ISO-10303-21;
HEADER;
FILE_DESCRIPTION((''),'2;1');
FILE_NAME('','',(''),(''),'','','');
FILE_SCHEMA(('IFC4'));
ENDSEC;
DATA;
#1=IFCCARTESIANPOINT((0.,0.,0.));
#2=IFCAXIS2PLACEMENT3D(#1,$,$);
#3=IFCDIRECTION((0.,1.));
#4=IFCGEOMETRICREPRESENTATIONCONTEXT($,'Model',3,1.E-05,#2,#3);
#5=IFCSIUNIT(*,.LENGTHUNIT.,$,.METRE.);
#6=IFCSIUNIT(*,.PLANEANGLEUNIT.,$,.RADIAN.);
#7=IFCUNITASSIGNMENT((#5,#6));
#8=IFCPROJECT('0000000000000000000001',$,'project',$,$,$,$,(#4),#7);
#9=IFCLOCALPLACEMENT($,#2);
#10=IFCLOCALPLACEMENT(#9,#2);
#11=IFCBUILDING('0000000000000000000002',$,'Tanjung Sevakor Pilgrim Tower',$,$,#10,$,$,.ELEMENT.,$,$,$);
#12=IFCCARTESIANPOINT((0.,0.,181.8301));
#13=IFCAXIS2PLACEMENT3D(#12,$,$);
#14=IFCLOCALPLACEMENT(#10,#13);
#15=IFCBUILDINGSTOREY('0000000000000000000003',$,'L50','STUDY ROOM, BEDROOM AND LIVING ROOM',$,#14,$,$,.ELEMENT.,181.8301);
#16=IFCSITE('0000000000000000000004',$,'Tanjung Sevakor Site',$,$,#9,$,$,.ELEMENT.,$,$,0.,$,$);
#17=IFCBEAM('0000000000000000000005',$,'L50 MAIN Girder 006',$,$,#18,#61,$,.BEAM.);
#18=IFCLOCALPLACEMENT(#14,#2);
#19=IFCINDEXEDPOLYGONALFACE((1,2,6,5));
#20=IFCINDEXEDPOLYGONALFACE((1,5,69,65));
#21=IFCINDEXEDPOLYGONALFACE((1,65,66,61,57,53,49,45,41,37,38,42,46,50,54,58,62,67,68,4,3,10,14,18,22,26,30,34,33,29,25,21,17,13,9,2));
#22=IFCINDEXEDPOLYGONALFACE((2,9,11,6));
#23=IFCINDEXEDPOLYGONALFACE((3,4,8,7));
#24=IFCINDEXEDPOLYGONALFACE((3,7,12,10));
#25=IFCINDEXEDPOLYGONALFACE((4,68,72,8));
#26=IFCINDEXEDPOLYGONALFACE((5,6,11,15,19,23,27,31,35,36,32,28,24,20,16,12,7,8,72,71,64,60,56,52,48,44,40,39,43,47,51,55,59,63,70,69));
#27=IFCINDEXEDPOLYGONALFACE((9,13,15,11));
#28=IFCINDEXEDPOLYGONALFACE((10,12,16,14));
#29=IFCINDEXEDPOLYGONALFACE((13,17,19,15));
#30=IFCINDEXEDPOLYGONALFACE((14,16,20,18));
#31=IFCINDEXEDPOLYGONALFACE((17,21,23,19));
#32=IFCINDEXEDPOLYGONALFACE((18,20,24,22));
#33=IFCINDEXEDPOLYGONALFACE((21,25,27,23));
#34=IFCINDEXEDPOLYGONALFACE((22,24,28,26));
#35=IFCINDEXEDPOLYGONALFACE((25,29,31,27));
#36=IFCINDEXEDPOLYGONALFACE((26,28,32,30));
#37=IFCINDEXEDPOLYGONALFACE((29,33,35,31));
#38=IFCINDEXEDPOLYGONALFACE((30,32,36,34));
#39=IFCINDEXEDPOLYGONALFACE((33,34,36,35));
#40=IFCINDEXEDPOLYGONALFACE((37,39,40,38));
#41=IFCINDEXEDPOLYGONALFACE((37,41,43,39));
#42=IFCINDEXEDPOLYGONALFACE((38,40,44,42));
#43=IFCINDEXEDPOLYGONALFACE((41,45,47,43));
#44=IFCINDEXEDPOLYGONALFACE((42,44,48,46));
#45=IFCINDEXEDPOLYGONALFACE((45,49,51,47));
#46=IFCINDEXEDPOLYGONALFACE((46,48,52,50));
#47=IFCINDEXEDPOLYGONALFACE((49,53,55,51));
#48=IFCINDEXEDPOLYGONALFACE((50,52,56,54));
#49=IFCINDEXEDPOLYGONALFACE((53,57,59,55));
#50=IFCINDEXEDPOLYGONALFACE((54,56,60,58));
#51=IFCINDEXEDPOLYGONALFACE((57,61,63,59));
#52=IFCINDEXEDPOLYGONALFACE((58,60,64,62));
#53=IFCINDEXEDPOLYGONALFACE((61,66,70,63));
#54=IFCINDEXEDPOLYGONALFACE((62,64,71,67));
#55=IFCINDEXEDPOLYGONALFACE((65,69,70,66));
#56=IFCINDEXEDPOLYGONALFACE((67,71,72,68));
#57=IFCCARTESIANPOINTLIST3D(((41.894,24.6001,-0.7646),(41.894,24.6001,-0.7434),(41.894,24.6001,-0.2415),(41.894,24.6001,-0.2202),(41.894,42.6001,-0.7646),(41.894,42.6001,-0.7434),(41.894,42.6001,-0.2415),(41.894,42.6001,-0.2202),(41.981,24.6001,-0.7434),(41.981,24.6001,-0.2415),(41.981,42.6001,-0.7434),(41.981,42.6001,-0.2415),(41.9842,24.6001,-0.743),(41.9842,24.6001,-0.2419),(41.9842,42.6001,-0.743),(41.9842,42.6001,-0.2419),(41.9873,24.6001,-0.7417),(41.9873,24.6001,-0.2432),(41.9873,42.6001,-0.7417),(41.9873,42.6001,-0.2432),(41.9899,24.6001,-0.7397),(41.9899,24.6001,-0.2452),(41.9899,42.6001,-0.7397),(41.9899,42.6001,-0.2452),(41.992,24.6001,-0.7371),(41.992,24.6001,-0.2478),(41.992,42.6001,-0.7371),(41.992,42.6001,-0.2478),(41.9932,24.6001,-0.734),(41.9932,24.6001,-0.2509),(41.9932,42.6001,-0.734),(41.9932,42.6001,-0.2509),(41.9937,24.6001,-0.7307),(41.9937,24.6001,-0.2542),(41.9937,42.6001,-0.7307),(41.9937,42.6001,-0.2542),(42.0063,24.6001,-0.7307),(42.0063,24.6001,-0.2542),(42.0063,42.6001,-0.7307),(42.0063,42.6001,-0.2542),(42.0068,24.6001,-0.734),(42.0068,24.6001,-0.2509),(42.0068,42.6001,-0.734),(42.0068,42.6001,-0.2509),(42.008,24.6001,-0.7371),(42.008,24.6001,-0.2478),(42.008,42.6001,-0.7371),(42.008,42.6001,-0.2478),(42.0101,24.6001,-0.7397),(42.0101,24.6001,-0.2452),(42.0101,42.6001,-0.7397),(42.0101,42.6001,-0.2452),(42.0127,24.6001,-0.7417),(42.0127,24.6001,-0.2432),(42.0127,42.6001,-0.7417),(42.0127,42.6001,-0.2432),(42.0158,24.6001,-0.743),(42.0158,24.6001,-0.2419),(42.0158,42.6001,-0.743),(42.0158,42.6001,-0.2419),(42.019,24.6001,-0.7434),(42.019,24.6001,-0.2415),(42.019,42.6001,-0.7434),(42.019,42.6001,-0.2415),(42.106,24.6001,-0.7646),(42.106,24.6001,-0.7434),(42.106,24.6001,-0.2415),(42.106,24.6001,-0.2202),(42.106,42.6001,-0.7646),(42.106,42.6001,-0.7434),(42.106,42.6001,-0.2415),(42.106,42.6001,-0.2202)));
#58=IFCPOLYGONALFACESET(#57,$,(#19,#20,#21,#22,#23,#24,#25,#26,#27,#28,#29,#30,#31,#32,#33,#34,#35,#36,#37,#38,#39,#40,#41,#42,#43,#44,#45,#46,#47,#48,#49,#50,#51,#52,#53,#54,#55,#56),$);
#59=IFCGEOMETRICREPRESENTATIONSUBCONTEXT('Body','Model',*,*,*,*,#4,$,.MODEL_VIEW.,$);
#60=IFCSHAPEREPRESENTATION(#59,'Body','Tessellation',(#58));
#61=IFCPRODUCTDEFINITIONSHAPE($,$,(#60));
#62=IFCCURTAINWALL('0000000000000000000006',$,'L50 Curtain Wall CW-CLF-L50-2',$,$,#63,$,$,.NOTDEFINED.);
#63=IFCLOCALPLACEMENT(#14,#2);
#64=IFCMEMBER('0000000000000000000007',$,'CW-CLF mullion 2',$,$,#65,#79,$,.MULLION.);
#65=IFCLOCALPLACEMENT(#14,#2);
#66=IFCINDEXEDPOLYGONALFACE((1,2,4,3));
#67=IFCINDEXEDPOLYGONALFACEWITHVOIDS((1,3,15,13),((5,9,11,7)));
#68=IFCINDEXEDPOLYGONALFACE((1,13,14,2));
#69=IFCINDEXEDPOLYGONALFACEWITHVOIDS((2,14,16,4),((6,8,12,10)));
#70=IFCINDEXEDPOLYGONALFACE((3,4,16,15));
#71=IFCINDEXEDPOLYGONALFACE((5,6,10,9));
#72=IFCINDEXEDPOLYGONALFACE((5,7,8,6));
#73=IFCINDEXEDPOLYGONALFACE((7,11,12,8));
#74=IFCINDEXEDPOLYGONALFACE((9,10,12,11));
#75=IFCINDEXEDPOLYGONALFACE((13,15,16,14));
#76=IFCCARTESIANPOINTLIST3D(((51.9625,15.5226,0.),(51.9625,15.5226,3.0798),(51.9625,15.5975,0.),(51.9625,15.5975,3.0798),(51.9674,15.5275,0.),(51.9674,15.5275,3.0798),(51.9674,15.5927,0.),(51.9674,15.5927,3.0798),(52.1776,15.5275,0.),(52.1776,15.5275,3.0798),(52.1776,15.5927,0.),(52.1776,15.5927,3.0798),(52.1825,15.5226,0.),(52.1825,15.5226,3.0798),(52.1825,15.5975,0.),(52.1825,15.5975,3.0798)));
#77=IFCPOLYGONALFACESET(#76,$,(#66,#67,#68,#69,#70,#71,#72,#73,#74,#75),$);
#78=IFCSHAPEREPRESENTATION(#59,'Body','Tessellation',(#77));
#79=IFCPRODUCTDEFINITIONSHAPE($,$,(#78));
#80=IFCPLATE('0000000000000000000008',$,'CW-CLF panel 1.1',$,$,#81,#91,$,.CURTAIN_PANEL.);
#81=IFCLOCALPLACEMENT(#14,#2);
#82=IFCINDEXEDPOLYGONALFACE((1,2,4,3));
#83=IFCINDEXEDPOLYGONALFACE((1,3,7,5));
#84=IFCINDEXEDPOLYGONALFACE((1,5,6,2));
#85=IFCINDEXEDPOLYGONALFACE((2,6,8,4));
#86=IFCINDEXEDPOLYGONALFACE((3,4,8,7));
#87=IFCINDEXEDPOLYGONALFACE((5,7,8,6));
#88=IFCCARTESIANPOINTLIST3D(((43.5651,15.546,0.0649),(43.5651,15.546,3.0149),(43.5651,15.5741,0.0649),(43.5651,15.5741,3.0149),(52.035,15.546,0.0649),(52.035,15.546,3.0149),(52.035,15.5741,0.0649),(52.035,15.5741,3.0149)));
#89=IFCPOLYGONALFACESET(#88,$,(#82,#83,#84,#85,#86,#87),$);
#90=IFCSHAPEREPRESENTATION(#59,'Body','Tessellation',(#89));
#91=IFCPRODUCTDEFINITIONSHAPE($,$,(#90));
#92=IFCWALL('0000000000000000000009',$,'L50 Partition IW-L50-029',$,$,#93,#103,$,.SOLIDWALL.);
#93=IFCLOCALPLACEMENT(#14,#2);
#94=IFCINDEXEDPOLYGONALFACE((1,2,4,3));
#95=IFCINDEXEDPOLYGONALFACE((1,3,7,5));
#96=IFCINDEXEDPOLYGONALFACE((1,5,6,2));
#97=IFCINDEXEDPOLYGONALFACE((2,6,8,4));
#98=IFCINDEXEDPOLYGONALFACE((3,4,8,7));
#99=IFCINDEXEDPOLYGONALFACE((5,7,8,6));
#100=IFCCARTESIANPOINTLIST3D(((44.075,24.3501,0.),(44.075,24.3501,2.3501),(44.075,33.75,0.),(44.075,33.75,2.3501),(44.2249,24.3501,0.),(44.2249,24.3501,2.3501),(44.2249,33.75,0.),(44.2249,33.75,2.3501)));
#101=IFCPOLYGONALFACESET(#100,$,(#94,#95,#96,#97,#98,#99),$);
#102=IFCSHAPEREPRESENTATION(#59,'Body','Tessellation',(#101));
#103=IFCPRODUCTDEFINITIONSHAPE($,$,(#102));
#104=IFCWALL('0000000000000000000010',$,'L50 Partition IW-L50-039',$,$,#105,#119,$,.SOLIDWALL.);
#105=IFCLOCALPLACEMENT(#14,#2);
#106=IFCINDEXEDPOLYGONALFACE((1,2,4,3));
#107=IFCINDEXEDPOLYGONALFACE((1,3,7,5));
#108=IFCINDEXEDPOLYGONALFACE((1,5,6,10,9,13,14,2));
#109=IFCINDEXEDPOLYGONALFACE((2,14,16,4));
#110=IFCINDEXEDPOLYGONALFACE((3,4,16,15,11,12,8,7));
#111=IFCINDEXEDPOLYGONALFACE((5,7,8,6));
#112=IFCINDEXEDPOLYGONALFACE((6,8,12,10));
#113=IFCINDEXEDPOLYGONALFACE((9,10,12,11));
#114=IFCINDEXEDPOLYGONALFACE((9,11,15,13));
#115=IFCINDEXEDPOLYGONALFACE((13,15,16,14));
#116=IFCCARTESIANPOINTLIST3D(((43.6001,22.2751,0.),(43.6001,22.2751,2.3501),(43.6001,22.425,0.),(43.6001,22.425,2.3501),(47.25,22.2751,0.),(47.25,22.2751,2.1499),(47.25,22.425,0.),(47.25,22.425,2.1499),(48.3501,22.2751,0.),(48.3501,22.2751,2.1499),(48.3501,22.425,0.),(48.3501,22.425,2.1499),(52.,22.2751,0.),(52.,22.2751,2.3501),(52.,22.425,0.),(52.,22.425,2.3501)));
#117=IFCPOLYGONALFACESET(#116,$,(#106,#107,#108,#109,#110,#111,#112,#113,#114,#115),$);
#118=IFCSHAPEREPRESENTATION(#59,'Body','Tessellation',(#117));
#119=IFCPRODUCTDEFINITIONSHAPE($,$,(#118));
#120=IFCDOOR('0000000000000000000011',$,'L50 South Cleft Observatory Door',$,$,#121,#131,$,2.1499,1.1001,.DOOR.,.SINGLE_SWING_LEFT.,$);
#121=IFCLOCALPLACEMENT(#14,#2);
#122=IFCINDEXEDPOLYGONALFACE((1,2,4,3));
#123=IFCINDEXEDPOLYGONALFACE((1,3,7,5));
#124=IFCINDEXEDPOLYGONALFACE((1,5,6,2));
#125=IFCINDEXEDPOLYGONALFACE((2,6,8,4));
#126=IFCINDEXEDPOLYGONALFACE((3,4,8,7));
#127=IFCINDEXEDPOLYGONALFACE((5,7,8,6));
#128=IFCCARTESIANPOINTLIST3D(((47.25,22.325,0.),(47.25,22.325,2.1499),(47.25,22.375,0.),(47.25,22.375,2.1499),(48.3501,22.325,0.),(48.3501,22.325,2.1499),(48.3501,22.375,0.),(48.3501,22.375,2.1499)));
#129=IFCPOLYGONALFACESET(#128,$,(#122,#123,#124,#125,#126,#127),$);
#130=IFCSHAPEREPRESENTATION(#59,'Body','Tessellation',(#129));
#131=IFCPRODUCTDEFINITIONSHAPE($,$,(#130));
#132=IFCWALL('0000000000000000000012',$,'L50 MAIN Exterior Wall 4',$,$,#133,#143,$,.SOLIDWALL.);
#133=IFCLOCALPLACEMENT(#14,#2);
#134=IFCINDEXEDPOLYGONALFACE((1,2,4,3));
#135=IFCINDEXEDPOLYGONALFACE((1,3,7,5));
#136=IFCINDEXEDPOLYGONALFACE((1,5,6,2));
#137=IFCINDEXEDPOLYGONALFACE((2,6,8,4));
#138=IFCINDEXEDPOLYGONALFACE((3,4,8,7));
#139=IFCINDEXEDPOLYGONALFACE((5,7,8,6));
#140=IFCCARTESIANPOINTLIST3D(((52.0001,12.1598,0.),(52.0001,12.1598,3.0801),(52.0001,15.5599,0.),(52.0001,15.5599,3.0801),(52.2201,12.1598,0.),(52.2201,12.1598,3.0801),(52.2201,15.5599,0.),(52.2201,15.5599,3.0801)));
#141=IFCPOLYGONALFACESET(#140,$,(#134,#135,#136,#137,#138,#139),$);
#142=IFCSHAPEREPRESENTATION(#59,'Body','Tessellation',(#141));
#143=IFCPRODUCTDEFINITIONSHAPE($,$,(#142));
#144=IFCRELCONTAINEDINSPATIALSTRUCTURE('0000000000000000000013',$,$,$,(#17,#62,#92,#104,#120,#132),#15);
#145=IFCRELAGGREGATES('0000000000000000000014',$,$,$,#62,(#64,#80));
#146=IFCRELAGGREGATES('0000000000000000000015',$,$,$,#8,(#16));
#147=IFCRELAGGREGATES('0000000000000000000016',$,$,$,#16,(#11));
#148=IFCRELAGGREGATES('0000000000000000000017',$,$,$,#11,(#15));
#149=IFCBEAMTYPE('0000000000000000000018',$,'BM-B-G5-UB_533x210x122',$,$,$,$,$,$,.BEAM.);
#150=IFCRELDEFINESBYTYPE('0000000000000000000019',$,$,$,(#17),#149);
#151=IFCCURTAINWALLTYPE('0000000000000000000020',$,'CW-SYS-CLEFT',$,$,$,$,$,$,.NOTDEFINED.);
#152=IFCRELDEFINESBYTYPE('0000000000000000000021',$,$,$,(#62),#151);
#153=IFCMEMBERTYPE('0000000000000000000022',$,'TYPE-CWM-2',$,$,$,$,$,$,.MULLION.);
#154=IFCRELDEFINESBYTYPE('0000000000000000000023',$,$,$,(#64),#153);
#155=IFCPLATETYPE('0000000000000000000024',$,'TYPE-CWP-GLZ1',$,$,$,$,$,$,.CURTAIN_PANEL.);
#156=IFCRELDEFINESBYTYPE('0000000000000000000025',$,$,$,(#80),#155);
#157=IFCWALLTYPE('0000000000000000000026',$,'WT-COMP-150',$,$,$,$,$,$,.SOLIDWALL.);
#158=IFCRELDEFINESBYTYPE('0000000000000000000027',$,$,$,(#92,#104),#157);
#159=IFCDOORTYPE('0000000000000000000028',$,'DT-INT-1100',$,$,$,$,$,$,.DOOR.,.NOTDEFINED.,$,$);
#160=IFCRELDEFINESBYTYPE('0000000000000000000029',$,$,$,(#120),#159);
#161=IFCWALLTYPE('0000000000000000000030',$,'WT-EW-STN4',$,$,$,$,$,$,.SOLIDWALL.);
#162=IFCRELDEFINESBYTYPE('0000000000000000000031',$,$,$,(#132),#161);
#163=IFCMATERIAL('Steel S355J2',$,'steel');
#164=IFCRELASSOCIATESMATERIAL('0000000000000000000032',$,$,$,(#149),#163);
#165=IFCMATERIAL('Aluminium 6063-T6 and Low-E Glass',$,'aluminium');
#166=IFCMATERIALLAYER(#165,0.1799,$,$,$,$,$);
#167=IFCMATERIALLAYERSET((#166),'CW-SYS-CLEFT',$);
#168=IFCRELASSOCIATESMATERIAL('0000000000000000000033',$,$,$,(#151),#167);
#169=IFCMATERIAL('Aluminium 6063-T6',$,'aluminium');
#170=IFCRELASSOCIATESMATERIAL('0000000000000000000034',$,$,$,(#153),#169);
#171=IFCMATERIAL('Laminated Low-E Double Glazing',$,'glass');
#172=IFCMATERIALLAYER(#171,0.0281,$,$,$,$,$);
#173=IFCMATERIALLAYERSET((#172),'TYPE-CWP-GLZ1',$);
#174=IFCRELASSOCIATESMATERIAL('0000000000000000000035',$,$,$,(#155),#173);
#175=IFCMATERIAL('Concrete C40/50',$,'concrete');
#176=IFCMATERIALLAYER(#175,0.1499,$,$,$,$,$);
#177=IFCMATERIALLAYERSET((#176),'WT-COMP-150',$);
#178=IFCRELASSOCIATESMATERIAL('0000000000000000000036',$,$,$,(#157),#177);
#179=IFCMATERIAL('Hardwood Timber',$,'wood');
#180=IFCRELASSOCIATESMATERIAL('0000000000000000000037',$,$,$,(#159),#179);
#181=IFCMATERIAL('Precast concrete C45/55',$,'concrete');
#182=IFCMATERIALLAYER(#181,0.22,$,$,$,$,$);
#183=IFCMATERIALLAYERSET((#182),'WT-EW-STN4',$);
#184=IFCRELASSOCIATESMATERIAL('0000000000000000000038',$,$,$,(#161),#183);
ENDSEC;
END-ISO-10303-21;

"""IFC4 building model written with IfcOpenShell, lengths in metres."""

from ifc_helpers import new_model, si_unit, direction, frame, frame_2d, origin, origin_2d, place, context, subcontext, project, spatial, rectangle, hollow_rectangle, i_section, extrude, material, layer, layer_set, material_profile, profile_set, type_object, element, fill, aggregate, save


model = new_model("IFC4")

# Units and contexts
model_context = context("Model", 3, precision=1e-05, world=origin(), true_north=direction((0.0, 1.0)))
body_context = subcontext(model_context, "Body", "Model", "MODEL_VIEW")
ifc_project = project(units=[si_unit("LENGTHUNIT", "METRE"), si_unit("PLANEANGLEUNIT", "RADIAN")], contexts=[model_context])

# Site, building, storey
site_placement = place(None, origin())
site = spatial("IfcSite", under=ifc_project, at=site_placement, Name="Tanjung Sevakor Site", CompositionType="ELEMENT", RefElevation=0.0)
building_placement = place(site_placement, origin())
building = spatial("IfcBuilding", under=site, at=building_placement, Name="Tanjung Sevakor Pilgrim Tower", CompositionType="ELEMENT")
storey_placement = place(building_placement, frame((0.0, 0.0, 181.8301)))
storey = spatial("IfcBuildingStorey", under=building, at=storey_placement, Name="L50", Description="STUDY ROOM, BEDROOM AND LIVING ROOM", CompositionType="ELEMENT", Elevation=181.8301)

# Beam
ifc_material_1 = material(Name="Steel S355J2", Category="steel")
ifc_material_profile_1 = material_profile(ifc_material_1, i_section(OverallWidth=0.2119, OverallDepth=0.5444, WebThickness=0.0127, FlangeThickness=0.0212, FilletRadius=0.0127, at=origin_2d()))
ifc_profile_set_1 = profile_set([ifc_material_profile_1], Name="Steel S355J2")
beam_type_1 = type_object("IfcBeamType", Name="BM-B-G5-UB_533x210x122", PredefinedType="BEAM", material=ifc_profile_set_1)
beam_1_placement = place(storey_placement, frame((42.0, 24.6001, -0.4924), z_axis=(0.0, 1.0, 0.0), x_axis=(-1.0, 0.0, 0.0)))
element("IfcBeam", 1, at=beam_1_placement, inside=storey, type_object=beam_type_1, Name="L50 MAIN Girder 006", PredefinedType="BEAM", context=body_context, shape_type="SweptSolid", body=[
    extrude(i_section(OverallWidth=0.2119, OverallDepth=0.5444, WebThickness=0.0127, FlangeThickness=0.0212, FilletRadius=0.0127, at=origin_2d()), origin(), (0.0, 0.0, 1.0), 18.0),
])

# Curtain wall, member, plate
ifc_material_2 = material(Name="Aluminium 6063-T6 and Low-E Glass", Category="aluminium")
ifc_layer_1 = layer(ifc_material_2, 0.1799)
ifc_layer_set_1 = layer_set([ifc_layer_1], Name="CW-SYS-CLEFT")
curtain_wall_type = type_object("IfcCurtainWallType", Name="CW-SYS-CLEFT", PredefinedType="NOTDEFINED", material=ifc_layer_set_1)
curtain_wall_placement = place(storey_placement, origin())
curtain_wall = element("IfcCurtainWall", 2, at=curtain_wall_placement, inside=storey, type_object=curtain_wall_type, Name="L50 Curtain Wall CW-CLF-L50-2", PredefinedType="NOTDEFINED")
ifc_material_3 = material(Name="Aluminium 6063-T6", Category="aluminium")
ifc_material_profile_2 = material_profile(ifc_material_3, hollow_rectangle(XDim=0.075, YDim=0.22, WallThickness=0.0049, at=origin_2d()))
ifc_profile_set_2 = profile_set([ifc_material_profile_2], Name="Aluminium 6063-T6")
member_type = type_object("IfcMemberType", Name="TYPE-CWM-2", PredefinedType="MULLION", material=ifc_profile_set_2)
member_placement = place(storey_placement, frame((52.0725, 15.5601, 0.0), z_axis=(0.0, 0.0, 1.0), x_axis=(0.0, 1.0, 0.0)))
member = element("IfcMember", 3, at=member_placement, type_object=member_type, Name="CW-CLF mullion 2", PredefinedType="MULLION", context=body_context, shape_type="SweptSolid", body=[
    extrude(hollow_rectangle(XDim=0.075, YDim=0.22, WallThickness=0.0049, at=origin_2d()), origin(), (0.0, 0.0, 1.0), 3.0798),
])
ifc_material_4 = material(Name="Laminated Low-E Double Glazing", Category="glass")
ifc_layer_2 = layer(ifc_material_4, 0.0281)
ifc_layer_set_2 = layer_set([ifc_layer_2], Name="TYPE-CWP-GLZ1")
plate_type = type_object("IfcPlateType", Name="TYPE-CWP-GLZ1", PredefinedType="CURTAIN_PANEL", material=ifc_layer_set_2)
plate_placement = place(storey_placement, frame((47.8, 15.5601, 0.0649), z_axis=(0.0, 0.0, 1.0), x_axis=(1.0, 0.0, 0.0)))
plate = element("IfcPlate", 4, at=plate_placement, type_object=plate_type, Name="CW-CLF panel 1.1", PredefinedType="CURTAIN_PANEL", context=body_context, shape_type="SweptSolid", body=[
    extrude(rectangle(XDim=8.47, YDim=0.0281, at=origin_2d()), origin(), (0.0, 0.0, 1.0), 2.95),
])
aggregate(curtain_wall, [member, plate])

# Wall
ifc_material_5 = material(Name="Concrete C40/50", Category="concrete")
ifc_layer_3 = layer(ifc_material_5, 0.1499)
ifc_layer_set_3 = layer_set([ifc_layer_3], Name="WT-COMP-150")
wall_type_1 = type_object("IfcWallType", Name="WT-COMP-150", PredefinedType="SOLIDWALL", material=ifc_layer_set_3)
wall_1_placement = place(storey_placement, frame((44.1499, 24.3501, 0.0), z_axis=(0.0, 0.0, 1.0), x_axis=(0.0, 1.0, 0.0)))
element("IfcWall", 5, at=wall_1_placement, inside=storey, type_object=wall_type_1, Name="L50 Partition IW-L50-029", PredefinedType="SOLIDWALL", context=body_context, shape_type="SweptSolid", body=[
    extrude(rectangle(XDim=9.3999, YDim=0.1499, at=frame_2d((4.7, 0.0))), origin(), (0.0, 0.0, 1.0), 2.3501),
])

# Wall, opening, door
wall_2_placement = place(storey_placement, frame((43.6001, 22.3501, 0.0), z_axis=(0.0, 0.0, 1.0), x_axis=(1.0, 0.0, 0.0)))
wall_2 = element("IfcWall", 6, at=wall_2_placement, inside=storey, type_object=wall_type_1, Name="L50 Partition IW-L50-039", PredefinedType="SOLIDWALL", context=body_context, shape_type="SweptSolid", body=[
    extrude(rectangle(XDim=8.3999, YDim=0.1499, at=frame_2d((4.2, 0.0))), origin(), (0.0, 0.0, 1.0), 2.3501),
])
opening_1_placement = place(wall_2_placement, frame((3.6499, 0.0, 0.0)))
opening_1 = element("IfcOpeningElement", 7, at=opening_1_placement, cuts=wall_2, PredefinedType="OPENING", context=body_context, shape_type="SweptSolid", body=[
    extrude(rectangle(XDim=1.1001, YDim=2.1499, at=frame_2d((0.55, 1.075))), frame((0.0, 0.085, 0.0), z_axis=(0.0, -1.0, 0.0), x_axis=(1.0, 0.0, 0.0)), (0.0, 0.0, 1.0), 0.1699),
])
ifc_material_6 = material(Name="Hardwood Timber", Category="wood")
door_type_1 = type_object("IfcDoorType", Name="DT-INT-1100", OperationType="NOTDEFINED", PredefinedType="DOOR", material=ifc_material_6)
door_1_placement = place(opening_1_placement, origin())
door_1 = element("IfcDoor", 8, at=door_1_placement, inside=storey, type_object=door_type_1, Name="L50 South Cleft Observatory Door", OperationType="SINGLE_SWING_LEFT", OverallHeight=2.1499, OverallWidth=1.1001, PredefinedType="DOOR", context=body_context, shape_type="SweptSolid", body=[
    extrude(rectangle(XDim=1.1001, YDim=2.1499, at=frame_2d((0.55, 1.075))), frame((0.0, 0.0249, 0.0), z_axis=(0.0, -1.0, 0.0), x_axis=(1.0, 0.0, 0.0)), (0.0, 0.0, 1.0), 0.05),
])
fill(opening_1, door_1)

# Wall
ifc_material_7 = material(Name="Precast concrete C45/55", Category="concrete")
ifc_layer_4 = layer(ifc_material_7, 0.22)
ifc_layer_set_4 = layer_set([ifc_layer_4], Name="WT-EW-STN4")
wall_type_2 = type_object("IfcWallType", Name="WT-EW-STN4", PredefinedType="SOLIDWALL", material=ifc_layer_set_4)
wall_3_placement = place(storey_placement, frame((52.1101, 15.5601, 0.0), z_axis=(0.0, 0.0, 1.0), x_axis=(0.0, -1.0, 0.0)))
element("IfcWall", 9, at=wall_3_placement, inside=storey, type_object=wall_type_2, Name="L50 MAIN Exterior Wall 4", PredefinedType="SOLIDWALL", context=body_context, shape_type="SweptSolid", body=[
    extrude(rectangle(XDim=3.4001, YDim=0.22, at=frame_2d((1.7002, 0.0))), origin(), (0.0, 0.0, 1.0), 3.0801),
])

save(model, "model.ifc")
